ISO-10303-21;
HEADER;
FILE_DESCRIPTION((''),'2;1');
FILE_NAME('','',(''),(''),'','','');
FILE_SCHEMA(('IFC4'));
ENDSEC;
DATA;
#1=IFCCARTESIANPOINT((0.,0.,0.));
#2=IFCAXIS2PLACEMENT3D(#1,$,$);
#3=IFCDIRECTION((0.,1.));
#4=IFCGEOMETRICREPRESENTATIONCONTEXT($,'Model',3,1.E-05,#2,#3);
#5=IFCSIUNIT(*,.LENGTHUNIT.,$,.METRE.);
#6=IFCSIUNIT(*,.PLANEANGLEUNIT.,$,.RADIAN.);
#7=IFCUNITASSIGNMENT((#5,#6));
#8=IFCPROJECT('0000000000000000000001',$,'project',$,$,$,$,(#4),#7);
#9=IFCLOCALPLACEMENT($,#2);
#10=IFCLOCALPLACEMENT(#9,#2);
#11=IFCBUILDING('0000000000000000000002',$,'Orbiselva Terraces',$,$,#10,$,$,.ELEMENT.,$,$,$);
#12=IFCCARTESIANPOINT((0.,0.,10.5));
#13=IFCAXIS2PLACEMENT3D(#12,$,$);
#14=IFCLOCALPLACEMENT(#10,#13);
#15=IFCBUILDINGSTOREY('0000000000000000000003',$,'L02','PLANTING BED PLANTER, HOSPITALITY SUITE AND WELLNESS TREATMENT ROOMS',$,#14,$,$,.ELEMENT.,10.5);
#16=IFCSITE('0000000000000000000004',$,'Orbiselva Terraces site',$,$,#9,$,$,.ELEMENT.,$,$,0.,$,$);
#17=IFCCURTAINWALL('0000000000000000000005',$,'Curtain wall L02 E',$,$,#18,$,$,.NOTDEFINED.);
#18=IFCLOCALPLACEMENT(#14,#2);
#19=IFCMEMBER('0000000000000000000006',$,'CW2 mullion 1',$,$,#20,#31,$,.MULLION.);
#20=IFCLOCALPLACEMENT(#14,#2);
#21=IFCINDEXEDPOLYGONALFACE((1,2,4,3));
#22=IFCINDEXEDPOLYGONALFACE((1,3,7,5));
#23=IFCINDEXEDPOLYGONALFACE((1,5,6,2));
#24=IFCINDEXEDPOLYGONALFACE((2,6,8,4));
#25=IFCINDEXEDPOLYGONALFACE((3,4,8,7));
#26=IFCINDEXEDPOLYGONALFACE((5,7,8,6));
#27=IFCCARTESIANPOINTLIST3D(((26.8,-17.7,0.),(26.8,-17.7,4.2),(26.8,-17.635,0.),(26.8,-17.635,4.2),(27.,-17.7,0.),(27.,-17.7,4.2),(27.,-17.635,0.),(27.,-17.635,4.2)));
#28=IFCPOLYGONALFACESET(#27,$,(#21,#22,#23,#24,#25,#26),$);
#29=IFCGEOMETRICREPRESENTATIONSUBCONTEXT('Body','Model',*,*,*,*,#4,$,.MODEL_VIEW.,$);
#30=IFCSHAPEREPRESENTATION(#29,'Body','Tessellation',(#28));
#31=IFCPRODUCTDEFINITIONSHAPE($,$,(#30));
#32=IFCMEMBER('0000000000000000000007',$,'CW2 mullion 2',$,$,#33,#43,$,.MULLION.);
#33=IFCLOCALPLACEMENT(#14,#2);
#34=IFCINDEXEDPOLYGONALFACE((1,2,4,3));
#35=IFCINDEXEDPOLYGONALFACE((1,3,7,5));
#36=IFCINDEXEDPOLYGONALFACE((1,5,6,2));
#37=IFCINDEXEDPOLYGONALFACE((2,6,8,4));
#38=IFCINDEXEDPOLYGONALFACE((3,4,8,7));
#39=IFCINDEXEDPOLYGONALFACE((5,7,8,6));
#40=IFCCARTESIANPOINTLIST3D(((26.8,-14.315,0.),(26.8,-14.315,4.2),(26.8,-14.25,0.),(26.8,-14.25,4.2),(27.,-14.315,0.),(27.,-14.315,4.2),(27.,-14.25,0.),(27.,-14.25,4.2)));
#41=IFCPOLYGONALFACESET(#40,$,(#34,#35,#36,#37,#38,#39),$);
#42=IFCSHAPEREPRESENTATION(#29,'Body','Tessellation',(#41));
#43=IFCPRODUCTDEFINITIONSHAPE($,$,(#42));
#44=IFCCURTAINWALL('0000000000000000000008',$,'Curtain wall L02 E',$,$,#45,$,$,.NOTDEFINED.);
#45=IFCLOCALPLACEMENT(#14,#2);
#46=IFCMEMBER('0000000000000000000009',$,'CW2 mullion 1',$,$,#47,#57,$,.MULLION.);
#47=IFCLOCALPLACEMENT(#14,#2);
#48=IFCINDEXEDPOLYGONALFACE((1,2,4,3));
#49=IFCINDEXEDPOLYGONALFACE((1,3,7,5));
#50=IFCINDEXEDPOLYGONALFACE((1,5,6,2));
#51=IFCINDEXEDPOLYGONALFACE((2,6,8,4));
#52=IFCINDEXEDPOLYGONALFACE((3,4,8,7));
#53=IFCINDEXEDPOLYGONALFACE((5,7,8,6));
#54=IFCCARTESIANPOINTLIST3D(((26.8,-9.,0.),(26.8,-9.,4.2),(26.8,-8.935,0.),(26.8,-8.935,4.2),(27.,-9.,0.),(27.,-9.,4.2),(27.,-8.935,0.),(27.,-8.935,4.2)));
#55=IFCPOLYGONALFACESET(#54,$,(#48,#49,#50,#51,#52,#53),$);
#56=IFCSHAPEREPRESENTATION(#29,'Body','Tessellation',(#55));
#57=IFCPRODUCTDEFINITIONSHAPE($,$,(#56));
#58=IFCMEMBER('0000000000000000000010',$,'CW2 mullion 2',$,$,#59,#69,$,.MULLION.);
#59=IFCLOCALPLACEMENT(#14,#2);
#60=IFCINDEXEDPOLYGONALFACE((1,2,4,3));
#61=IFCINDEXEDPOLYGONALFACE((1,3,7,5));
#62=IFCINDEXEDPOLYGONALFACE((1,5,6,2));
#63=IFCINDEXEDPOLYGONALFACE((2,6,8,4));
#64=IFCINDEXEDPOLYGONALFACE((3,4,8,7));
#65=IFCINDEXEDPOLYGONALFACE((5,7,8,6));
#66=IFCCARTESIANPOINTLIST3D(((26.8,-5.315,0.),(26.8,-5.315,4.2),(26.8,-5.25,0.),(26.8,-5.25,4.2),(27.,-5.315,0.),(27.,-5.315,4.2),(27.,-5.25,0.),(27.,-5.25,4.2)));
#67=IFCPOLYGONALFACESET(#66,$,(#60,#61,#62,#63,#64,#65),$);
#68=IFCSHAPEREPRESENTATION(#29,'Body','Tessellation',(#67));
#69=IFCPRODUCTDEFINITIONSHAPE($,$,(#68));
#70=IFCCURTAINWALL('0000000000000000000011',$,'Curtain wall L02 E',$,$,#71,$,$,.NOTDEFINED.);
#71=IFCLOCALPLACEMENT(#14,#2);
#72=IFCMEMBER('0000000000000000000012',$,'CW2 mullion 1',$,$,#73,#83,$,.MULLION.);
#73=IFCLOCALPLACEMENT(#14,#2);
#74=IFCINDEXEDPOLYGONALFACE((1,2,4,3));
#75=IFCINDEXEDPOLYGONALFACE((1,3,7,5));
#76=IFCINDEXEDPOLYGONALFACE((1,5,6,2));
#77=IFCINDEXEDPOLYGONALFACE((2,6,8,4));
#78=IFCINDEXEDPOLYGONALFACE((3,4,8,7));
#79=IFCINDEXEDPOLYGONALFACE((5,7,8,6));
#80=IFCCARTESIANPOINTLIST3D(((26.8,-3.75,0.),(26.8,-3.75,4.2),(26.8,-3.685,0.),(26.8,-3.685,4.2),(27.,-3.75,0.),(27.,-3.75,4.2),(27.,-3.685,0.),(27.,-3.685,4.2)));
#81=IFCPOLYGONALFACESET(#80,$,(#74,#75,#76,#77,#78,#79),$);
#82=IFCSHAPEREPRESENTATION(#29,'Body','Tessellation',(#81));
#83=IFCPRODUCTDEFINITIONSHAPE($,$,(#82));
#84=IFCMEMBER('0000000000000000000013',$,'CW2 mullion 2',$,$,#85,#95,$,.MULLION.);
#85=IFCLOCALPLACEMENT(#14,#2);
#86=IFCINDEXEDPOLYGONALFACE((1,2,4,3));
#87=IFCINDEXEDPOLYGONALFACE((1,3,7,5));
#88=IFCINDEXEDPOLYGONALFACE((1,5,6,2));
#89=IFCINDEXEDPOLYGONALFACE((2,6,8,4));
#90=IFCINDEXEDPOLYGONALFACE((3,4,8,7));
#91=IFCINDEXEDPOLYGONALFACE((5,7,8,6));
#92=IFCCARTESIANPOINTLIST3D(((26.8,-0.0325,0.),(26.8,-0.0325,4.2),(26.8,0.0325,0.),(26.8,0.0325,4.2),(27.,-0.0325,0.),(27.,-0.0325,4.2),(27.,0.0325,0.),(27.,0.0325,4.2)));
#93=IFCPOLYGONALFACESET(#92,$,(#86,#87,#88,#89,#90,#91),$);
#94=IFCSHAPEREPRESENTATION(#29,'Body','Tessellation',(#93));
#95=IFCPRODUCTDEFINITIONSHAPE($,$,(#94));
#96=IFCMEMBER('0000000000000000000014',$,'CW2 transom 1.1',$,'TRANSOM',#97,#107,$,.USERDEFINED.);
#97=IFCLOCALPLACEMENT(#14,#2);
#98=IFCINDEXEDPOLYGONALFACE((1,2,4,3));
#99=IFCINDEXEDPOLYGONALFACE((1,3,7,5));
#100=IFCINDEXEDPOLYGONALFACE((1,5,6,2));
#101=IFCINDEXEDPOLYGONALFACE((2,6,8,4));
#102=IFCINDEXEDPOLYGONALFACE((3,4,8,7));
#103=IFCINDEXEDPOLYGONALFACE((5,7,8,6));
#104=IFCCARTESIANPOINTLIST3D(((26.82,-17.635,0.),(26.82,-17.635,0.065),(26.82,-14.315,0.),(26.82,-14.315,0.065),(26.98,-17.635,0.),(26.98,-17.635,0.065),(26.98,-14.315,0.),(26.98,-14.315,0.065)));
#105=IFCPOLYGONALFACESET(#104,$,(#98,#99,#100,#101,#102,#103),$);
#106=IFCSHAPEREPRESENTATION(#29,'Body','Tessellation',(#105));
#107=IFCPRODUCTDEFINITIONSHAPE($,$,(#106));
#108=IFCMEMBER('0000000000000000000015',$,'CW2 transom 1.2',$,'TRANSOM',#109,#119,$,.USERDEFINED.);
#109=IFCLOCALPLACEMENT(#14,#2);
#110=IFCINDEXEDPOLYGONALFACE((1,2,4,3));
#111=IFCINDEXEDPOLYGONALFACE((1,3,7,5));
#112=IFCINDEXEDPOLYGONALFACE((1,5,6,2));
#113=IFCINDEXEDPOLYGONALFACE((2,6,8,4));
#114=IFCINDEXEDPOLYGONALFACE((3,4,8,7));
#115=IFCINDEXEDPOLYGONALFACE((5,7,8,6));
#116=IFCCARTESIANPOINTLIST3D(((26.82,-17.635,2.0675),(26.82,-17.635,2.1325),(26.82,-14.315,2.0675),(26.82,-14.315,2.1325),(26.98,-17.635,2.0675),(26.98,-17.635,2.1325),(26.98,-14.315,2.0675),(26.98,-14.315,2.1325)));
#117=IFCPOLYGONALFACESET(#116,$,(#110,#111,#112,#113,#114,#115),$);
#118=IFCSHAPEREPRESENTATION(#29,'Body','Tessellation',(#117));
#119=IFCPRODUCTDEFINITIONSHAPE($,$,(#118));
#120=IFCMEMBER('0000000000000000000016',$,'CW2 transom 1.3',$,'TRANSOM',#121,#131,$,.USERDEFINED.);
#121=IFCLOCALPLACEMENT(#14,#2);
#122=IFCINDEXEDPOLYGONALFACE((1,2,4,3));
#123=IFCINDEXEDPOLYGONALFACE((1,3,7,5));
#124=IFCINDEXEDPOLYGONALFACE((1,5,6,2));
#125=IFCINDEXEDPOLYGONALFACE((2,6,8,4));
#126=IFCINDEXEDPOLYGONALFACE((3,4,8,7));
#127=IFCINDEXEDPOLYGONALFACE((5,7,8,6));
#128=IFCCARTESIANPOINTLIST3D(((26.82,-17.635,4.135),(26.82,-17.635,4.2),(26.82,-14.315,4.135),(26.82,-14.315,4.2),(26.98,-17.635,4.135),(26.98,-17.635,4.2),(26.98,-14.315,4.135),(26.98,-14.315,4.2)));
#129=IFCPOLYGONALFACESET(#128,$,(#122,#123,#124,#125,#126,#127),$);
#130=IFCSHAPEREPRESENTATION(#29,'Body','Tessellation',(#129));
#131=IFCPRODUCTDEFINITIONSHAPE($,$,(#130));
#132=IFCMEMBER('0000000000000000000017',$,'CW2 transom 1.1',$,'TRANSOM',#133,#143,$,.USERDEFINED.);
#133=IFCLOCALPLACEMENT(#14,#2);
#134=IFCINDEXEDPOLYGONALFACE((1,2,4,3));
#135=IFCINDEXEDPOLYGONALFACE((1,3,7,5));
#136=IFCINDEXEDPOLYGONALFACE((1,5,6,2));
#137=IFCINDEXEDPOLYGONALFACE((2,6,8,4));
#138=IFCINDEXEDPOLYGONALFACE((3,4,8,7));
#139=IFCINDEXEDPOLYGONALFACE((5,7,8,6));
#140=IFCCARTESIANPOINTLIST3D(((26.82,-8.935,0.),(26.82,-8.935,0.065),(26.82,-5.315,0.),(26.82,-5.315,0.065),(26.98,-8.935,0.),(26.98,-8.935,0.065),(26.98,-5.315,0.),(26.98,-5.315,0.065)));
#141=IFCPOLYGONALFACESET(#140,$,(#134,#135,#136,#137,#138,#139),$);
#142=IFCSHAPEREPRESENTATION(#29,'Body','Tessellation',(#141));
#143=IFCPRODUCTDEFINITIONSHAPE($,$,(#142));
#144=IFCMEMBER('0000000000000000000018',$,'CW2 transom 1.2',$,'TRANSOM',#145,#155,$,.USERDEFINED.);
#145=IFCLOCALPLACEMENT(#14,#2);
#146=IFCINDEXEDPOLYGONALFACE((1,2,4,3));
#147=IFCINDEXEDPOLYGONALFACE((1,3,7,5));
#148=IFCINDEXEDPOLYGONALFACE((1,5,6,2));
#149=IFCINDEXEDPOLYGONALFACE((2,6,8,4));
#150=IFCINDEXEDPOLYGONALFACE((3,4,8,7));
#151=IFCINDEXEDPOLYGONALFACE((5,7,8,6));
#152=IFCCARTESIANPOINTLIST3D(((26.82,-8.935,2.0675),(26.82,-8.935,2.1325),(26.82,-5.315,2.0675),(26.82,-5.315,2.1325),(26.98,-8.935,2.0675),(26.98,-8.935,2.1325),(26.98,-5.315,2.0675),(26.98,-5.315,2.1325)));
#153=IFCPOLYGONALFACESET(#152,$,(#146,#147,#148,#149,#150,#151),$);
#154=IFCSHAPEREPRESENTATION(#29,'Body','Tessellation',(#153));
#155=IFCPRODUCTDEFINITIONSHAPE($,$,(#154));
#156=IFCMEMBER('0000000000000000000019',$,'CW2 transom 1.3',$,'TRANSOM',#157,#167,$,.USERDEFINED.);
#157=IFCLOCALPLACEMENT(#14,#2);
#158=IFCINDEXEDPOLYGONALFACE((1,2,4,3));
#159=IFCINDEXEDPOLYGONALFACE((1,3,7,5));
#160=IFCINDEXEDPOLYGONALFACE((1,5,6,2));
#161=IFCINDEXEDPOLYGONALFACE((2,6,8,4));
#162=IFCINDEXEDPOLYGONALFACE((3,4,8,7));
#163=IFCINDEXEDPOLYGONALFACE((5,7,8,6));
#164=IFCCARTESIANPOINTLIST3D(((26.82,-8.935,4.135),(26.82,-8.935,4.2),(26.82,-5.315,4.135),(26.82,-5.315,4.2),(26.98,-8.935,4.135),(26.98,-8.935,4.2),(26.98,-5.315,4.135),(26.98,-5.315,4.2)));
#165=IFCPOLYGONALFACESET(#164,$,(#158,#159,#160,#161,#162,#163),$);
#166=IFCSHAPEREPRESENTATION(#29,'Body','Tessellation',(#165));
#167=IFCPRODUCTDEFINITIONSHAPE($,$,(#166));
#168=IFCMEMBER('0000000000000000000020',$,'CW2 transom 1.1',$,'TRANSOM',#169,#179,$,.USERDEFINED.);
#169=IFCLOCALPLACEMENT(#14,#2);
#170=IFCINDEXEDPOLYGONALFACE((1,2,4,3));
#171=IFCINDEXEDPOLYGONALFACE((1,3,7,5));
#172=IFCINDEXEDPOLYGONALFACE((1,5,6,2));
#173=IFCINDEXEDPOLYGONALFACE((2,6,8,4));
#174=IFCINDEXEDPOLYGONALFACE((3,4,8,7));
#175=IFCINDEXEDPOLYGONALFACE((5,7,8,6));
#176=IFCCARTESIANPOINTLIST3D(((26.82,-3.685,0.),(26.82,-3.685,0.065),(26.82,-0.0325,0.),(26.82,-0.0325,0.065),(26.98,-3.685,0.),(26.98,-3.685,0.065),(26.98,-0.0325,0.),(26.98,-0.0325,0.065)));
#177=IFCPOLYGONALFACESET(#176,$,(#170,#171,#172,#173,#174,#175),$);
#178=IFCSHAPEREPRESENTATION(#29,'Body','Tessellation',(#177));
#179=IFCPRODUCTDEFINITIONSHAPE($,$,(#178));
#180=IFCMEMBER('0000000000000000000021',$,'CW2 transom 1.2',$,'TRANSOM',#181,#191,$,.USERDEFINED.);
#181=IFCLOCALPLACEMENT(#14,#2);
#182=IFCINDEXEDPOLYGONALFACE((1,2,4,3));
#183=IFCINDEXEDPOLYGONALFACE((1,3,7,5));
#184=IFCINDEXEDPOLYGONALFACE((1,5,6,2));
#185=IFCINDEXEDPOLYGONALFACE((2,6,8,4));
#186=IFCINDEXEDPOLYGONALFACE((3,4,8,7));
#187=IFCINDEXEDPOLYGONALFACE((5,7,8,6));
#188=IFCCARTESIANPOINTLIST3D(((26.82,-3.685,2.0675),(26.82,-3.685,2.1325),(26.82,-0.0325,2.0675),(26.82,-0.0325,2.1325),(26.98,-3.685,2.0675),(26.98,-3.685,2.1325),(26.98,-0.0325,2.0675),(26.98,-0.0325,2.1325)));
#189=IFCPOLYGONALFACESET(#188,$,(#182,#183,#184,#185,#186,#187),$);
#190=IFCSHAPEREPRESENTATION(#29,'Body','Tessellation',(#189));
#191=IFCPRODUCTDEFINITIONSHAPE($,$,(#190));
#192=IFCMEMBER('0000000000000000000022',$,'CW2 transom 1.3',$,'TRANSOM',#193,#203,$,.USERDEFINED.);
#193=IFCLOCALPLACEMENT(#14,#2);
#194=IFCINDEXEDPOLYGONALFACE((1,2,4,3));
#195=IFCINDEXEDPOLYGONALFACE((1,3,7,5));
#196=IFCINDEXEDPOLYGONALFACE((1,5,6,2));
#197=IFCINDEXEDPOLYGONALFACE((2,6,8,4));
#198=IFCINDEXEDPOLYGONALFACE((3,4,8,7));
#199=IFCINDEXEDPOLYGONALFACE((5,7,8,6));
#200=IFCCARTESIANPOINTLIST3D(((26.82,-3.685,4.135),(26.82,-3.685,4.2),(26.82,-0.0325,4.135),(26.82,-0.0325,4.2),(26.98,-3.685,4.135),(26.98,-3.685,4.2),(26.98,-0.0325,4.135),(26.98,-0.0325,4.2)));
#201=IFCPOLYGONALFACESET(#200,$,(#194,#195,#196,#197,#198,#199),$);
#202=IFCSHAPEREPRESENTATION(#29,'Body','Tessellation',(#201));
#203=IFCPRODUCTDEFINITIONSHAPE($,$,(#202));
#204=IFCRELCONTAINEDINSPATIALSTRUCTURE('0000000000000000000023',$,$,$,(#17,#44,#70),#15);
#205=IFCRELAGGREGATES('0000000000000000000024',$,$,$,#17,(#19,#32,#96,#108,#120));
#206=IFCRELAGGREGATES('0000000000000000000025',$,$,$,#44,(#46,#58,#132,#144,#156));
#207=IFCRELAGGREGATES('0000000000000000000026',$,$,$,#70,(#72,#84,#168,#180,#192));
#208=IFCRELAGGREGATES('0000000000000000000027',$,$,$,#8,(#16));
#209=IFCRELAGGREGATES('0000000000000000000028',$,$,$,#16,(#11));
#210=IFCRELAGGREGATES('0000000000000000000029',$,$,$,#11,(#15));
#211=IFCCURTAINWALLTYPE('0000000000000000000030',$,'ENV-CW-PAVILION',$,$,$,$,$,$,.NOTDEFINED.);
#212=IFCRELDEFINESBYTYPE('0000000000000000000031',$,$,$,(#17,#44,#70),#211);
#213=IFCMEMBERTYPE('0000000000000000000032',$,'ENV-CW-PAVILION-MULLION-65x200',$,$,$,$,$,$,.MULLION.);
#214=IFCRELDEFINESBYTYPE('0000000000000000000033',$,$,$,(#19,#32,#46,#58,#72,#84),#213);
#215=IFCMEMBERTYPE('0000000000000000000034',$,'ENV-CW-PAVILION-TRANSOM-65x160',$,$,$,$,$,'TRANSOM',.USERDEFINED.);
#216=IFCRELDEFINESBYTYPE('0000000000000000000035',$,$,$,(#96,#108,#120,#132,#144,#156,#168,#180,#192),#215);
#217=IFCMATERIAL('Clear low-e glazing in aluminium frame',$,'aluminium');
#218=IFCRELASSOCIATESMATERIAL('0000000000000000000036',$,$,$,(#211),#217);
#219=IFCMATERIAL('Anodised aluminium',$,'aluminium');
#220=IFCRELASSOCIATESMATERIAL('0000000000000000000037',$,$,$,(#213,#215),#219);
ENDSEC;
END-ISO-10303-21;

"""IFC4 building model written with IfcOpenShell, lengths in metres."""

from ifc_helpers import new_model, si_unit, direction, frame, origin, origin_2d, place, context, subcontext, project, spatial, rectangle, extrude, material, material_profile, profile_set, type_object, element, aggregate, save


model = new_model("IFC4")

# Units and contexts
model_context = context("Model", 3, precision=1e-05, world=origin(), true_north=direction((0.0, 1.0)))
body_context = subcontext(model_context, "Body", "Model", "MODEL_VIEW")
ifc_project = project(units=[si_unit("LENGTHUNIT", "METRE"), si_unit("PLANEANGLEUNIT", "RADIAN")], contexts=[model_context])

# Site, building, storey
site_placement = place(None, origin())
site = spatial("IfcSite", under=ifc_project, at=site_placement, Name="Orbiselva Terraces site", CompositionType="ELEMENT", RefElevation=0.0)
building_placement = place(site_placement, origin())
building = spatial("IfcBuilding", under=site, at=building_placement, Name="Orbiselva Terraces", CompositionType="ELEMENT")
storey_placement = place(building_placement, frame((0.0, 0.0, 10.5)))
storey = spatial("IfcBuildingStorey", under=building, at=storey_placement, Name="L02", Description="PLANTING BED PLANTER, HOSPITALITY SUITE AND WELLNESS TREATMENT ROOMS", CompositionType="ELEMENT", Elevation=10.5)

# Curtain walls, members
ifc_material_1 = material(Name="Clear low-e glazing in aluminium frame", Category="aluminium")
curtain_wall_type = type_object("IfcCurtainWallType", Name="ENV-CW-PAVILION", PredefinedType="NOTDEFINED", material=ifc_material_1)
curtain_wall_1_placement = place(storey_placement, origin())
curtain_wall_1 = element("IfcCurtainWall", 1, at=curtain_wall_1_placement, inside=storey, type_object=curtain_wall_type, Name="Curtain wall L02 E", PredefinedType="NOTDEFINED")
ifc_material_2 = material(Name="Anodised aluminium", Category="aluminium")
ifc_material_profile_1 = material_profile(ifc_material_2, rectangle(XDim=0.2, YDim=0.065, at=origin_2d()), Name="AL 65x200")
ifc_profile_set_1 = profile_set([ifc_material_profile_1], Name="Anodised aluminium")
member_type_1 = type_object("IfcMemberType", Name="ENV-CW-PAVILION-MULLION-65x200", PredefinedType="MULLION", material=ifc_profile_set_1)
member_1_placement = place(storey_placement, frame((26.9, -17.6675, 0.0), z_axis=(0.0, 0.0, 1.0), x_axis=(-1.0, 0.0, 0.0)))
member_1 = element("IfcMember", 2, at=member_1_placement, type_object=member_type_1, Name="CW2 mullion 1", PredefinedType="MULLION", context=body_context, shape_type="SweptSolid", body=[
    extrude(rectangle(XDim=0.2, YDim=0.065, at=origin_2d()), origin(), (0.0, 0.0, 1.0), 4.2),
])
member_2_placement = place(storey_placement, frame((26.9, -14.2825, 0.0), z_axis=(0.0, 0.0, 1.0), x_axis=(-1.0, 0.0, 0.0)))
member_2 = element("IfcMember", 3, at=member_2_placement, type_object=member_type_1, Name="CW2 mullion 2", PredefinedType="MULLION", context=body_context, shape_type="SweptSolid", body=[
    extrude(rectangle(XDim=0.2, YDim=0.065, at=origin_2d()), origin(), (0.0, 0.0, 1.0), 4.2),
])
curtain_wall_2_placement = place(storey_placement, origin())
curtain_wall_2 = element("IfcCurtainWall", 4, at=curtain_wall_2_placement, inside=storey, type_object=curtain_wall_type, Name="Curtain wall L02 E", PredefinedType="NOTDEFINED")
member_3_placement = place(storey_placement, frame((26.9, -8.9675, 0.0), z_axis=(0.0, 0.0, 1.0), x_axis=(-1.0, 0.0, 0.0)))
member_3 = element("IfcMember", 5, at=member_3_placement, type_object=member_type_1, Name="CW2 mullion 1", PredefinedType="MULLION", context=body_context, shape_type="SweptSolid", body=[
    extrude(rectangle(XDim=0.2, YDim=0.065, at=origin_2d()), origin(), (0.0, 0.0, 1.0), 4.2),
])
member_4_placement = place(storey_placement, frame((26.9, -5.2825, 0.0), z_axis=(0.0, 0.0, 1.0), x_axis=(-1.0, 0.0, 0.0)))
member_4 = element("IfcMember", 6, at=member_4_placement, type_object=member_type_1, Name="CW2 mullion 2", PredefinedType="MULLION", context=body_context, shape_type="SweptSolid", body=[
    extrude(rectangle(XDim=0.2, YDim=0.065, at=origin_2d()), origin(), (0.0, 0.0, 1.0), 4.2),
])
curtain_wall_3_placement = place(storey_placement, origin())
curtain_wall_3 = element("IfcCurtainWall", 7, at=curtain_wall_3_placement, inside=storey, type_object=curtain_wall_type, Name="Curtain wall L02 E", PredefinedType="NOTDEFINED")
member_5_placement = place(storey_placement, frame((26.9, -3.7175, 0.0), z_axis=(0.0, 0.0, 1.0), x_axis=(-1.0, 0.0, 0.0)))
member_5 = element("IfcMember", 8, at=member_5_placement, type_object=member_type_1, Name="CW2 mullion 1", PredefinedType="MULLION", context=body_context, shape_type="SweptSolid", body=[
    extrude(rectangle(XDim=0.2, YDim=0.065, at=origin_2d()), origin(), (0.0, 0.0, 1.0), 4.2),
])
member_6_placement = place(storey_placement, frame((26.9, 0.0, 0.0), z_axis=(0.0, 0.0, 1.0), x_axis=(-1.0, 0.0, 0.0)))
member_6 = element("IfcMember", 9, at=member_6_placement, type_object=member_type_1, Name="CW2 mullion 2", PredefinedType="MULLION", context=body_context, shape_type="SweptSolid", body=[
    extrude(rectangle(XDim=0.2, YDim=0.065, at=origin_2d()), origin(), (0.0, 0.0, 1.0), 4.2),
])

# Members
ifc_material_profile_2 = material_profile(ifc_material_2, rectangle(XDim=0.16, YDim=0.065, at=origin_2d()), Name="AL 65x160")
ifc_profile_set_2 = profile_set([ifc_material_profile_2], Name="Anodised aluminium")
member_type_2 = type_object("IfcMemberType", Name="ENV-CW-PAVILION-TRANSOM-65x160", ElementType="TRANSOM", PredefinedType="USERDEFINED", material=ifc_profile_set_2)
member_7_placement = place(storey_placement, frame((26.9, -17.635, 0.0325), z_axis=(0.0, 1.0, 0.0), x_axis=(-1.0, 0.0, 0.0)))
member_7 = element("IfcMember", 10, at=member_7_placement, type_object=member_type_2, Name="CW2 transom 1.1", ObjectType="TRANSOM", PredefinedType="USERDEFINED", context=body_context, shape_type="SweptSolid", body=[
    extrude(rectangle(XDim=0.16, YDim=0.065, at=origin_2d()), origin(), (0.0, 0.0, 1.0), 3.32),
])
member_8_placement = place(storey_placement, frame((26.9, -17.635, 2.1), z_axis=(0.0, 1.0, 0.0), x_axis=(-1.0, 0.0, 0.0)))
member_8 = element("IfcMember", 11, at=member_8_placement, type_object=member_type_2, Name="CW2 transom 1.2", ObjectType="TRANSOM", PredefinedType="USERDEFINED", context=body_context, shape_type="SweptSolid", body=[
    extrude(rectangle(XDim=0.16, YDim=0.065, at=origin_2d()), origin(), (0.0, 0.0, 1.0), 3.32),
])
member_9_placement = place(storey_placement, frame((26.9, -17.635, 4.1675), z_axis=(0.0, 1.0, 0.0), x_axis=(-1.0, 0.0, 0.0)))
member_9 = element("IfcMember", 12, at=member_9_placement, type_object=member_type_2, Name="CW2 transom 1.3", ObjectType="TRANSOM", PredefinedType="USERDEFINED", context=body_context, shape_type="SweptSolid", body=[
    extrude(rectangle(XDim=0.16, YDim=0.065, at=origin_2d()), origin(), (0.0, 0.0, 1.0), 3.32),
])
member_10_placement = place(storey_placement, frame((26.9, -8.935, 0.0325), z_axis=(0.0, 1.0, 0.0), x_axis=(-1.0, 0.0, 0.0)))
member_10 = element("IfcMember", 13, at=member_10_placement, type_object=member_type_2, Name="CW2 transom 1.1", ObjectType="TRANSOM", PredefinedType="USERDEFINED", context=body_context, shape_type="SweptSolid", body=[
    extrude(rectangle(XDim=0.16, YDim=0.065, at=origin_2d()), origin(), (0.0, 0.0, 1.0), 3.62),
])
member_11_placement = place(storey_placement, frame((26.9, -8.935, 2.1), z_axis=(0.0, 1.0, 0.0), x_axis=(-1.0, 0.0, 0.0)))
member_11 = element("IfcMember", 14, at=member_11_placement, type_object=member_type_2, Name="CW2 transom 1.2", ObjectType="TRANSOM", PredefinedType="USERDEFINED", context=body_context, shape_type="SweptSolid", body=[
    extrude(rectangle(XDim=0.16, YDim=0.065, at=origin_2d()), origin(), (0.0, 0.0, 1.0), 3.62),
])
member_12_placement = place(storey_placement, frame((26.9, -8.935, 4.1675), z_axis=(0.0, 1.0, 0.0), x_axis=(-1.0, 0.0, 0.0)))
member_12 = element("IfcMember", 15, at=member_12_placement, type_object=member_type_2, Name="CW2 transom 1.3", ObjectType="TRANSOM", PredefinedType="USERDEFINED", context=body_context, shape_type="SweptSolid", body=[
    extrude(rectangle(XDim=0.16, YDim=0.065, at=origin_2d()), origin(), (0.0, 0.0, 1.0), 3.62),
])
member_13_placement = place(storey_placement, frame((26.9, -3.685, 0.0325), z_axis=(0.0, 1.0, 0.0), x_axis=(-1.0, 0.0, 0.0)))
member_13 = element("IfcMember", 16, at=member_13_placement, type_object=member_type_2, Name="CW2 transom 1.1", ObjectType="TRANSOM", PredefinedType="USERDEFINED", context=body_context, shape_type="SweptSolid", body=[
    extrude(rectangle(XDim=0.16, YDim=0.065, at=origin_2d()), origin(), (0.0, 0.0, 1.0), 3.6525),
])
member_14_placement = place(storey_placement, frame((26.9, -3.685, 2.1), z_axis=(0.0, 1.0, 0.0), x_axis=(-1.0, 0.0, 0.0)))
member_14 = element("IfcMember", 17, at=member_14_placement, type_object=member_type_2, Name="CW2 transom 1.2", ObjectType="TRANSOM", PredefinedType="USERDEFINED", context=body_context, shape_type="SweptSolid", body=[
    extrude(rectangle(XDim=0.16, YDim=0.065, at=origin_2d()), origin(), (0.0, 0.0, 1.0), 3.6525),
])
member_15_placement = place(storey_placement, frame((26.9, -3.685, 4.1675), z_axis=(0.0, 1.0, 0.0), x_axis=(-1.0, 0.0, 0.0)))
member_15 = element("IfcMember", 18, at=member_15_placement, type_object=member_type_2, Name="CW2 transom 1.3", ObjectType="TRANSOM", PredefinedType="USERDEFINED", context=body_context, shape_type="SweptSolid", body=[
    extrude(rectangle(XDim=0.16, YDim=0.065, at=origin_2d()), origin(), (0.0, 0.0, 1.0), 3.6525),
])

aggregate(curtain_wall_1, [member_1, member_2, member_7, member_8, member_9])
aggregate(curtain_wall_2, [member_3, member_4, member_10, member_11, member_12])
aggregate(curtain_wall_3, [member_5, member_6, member_13, member_14, member_15])

save(model, "model.ifc")
